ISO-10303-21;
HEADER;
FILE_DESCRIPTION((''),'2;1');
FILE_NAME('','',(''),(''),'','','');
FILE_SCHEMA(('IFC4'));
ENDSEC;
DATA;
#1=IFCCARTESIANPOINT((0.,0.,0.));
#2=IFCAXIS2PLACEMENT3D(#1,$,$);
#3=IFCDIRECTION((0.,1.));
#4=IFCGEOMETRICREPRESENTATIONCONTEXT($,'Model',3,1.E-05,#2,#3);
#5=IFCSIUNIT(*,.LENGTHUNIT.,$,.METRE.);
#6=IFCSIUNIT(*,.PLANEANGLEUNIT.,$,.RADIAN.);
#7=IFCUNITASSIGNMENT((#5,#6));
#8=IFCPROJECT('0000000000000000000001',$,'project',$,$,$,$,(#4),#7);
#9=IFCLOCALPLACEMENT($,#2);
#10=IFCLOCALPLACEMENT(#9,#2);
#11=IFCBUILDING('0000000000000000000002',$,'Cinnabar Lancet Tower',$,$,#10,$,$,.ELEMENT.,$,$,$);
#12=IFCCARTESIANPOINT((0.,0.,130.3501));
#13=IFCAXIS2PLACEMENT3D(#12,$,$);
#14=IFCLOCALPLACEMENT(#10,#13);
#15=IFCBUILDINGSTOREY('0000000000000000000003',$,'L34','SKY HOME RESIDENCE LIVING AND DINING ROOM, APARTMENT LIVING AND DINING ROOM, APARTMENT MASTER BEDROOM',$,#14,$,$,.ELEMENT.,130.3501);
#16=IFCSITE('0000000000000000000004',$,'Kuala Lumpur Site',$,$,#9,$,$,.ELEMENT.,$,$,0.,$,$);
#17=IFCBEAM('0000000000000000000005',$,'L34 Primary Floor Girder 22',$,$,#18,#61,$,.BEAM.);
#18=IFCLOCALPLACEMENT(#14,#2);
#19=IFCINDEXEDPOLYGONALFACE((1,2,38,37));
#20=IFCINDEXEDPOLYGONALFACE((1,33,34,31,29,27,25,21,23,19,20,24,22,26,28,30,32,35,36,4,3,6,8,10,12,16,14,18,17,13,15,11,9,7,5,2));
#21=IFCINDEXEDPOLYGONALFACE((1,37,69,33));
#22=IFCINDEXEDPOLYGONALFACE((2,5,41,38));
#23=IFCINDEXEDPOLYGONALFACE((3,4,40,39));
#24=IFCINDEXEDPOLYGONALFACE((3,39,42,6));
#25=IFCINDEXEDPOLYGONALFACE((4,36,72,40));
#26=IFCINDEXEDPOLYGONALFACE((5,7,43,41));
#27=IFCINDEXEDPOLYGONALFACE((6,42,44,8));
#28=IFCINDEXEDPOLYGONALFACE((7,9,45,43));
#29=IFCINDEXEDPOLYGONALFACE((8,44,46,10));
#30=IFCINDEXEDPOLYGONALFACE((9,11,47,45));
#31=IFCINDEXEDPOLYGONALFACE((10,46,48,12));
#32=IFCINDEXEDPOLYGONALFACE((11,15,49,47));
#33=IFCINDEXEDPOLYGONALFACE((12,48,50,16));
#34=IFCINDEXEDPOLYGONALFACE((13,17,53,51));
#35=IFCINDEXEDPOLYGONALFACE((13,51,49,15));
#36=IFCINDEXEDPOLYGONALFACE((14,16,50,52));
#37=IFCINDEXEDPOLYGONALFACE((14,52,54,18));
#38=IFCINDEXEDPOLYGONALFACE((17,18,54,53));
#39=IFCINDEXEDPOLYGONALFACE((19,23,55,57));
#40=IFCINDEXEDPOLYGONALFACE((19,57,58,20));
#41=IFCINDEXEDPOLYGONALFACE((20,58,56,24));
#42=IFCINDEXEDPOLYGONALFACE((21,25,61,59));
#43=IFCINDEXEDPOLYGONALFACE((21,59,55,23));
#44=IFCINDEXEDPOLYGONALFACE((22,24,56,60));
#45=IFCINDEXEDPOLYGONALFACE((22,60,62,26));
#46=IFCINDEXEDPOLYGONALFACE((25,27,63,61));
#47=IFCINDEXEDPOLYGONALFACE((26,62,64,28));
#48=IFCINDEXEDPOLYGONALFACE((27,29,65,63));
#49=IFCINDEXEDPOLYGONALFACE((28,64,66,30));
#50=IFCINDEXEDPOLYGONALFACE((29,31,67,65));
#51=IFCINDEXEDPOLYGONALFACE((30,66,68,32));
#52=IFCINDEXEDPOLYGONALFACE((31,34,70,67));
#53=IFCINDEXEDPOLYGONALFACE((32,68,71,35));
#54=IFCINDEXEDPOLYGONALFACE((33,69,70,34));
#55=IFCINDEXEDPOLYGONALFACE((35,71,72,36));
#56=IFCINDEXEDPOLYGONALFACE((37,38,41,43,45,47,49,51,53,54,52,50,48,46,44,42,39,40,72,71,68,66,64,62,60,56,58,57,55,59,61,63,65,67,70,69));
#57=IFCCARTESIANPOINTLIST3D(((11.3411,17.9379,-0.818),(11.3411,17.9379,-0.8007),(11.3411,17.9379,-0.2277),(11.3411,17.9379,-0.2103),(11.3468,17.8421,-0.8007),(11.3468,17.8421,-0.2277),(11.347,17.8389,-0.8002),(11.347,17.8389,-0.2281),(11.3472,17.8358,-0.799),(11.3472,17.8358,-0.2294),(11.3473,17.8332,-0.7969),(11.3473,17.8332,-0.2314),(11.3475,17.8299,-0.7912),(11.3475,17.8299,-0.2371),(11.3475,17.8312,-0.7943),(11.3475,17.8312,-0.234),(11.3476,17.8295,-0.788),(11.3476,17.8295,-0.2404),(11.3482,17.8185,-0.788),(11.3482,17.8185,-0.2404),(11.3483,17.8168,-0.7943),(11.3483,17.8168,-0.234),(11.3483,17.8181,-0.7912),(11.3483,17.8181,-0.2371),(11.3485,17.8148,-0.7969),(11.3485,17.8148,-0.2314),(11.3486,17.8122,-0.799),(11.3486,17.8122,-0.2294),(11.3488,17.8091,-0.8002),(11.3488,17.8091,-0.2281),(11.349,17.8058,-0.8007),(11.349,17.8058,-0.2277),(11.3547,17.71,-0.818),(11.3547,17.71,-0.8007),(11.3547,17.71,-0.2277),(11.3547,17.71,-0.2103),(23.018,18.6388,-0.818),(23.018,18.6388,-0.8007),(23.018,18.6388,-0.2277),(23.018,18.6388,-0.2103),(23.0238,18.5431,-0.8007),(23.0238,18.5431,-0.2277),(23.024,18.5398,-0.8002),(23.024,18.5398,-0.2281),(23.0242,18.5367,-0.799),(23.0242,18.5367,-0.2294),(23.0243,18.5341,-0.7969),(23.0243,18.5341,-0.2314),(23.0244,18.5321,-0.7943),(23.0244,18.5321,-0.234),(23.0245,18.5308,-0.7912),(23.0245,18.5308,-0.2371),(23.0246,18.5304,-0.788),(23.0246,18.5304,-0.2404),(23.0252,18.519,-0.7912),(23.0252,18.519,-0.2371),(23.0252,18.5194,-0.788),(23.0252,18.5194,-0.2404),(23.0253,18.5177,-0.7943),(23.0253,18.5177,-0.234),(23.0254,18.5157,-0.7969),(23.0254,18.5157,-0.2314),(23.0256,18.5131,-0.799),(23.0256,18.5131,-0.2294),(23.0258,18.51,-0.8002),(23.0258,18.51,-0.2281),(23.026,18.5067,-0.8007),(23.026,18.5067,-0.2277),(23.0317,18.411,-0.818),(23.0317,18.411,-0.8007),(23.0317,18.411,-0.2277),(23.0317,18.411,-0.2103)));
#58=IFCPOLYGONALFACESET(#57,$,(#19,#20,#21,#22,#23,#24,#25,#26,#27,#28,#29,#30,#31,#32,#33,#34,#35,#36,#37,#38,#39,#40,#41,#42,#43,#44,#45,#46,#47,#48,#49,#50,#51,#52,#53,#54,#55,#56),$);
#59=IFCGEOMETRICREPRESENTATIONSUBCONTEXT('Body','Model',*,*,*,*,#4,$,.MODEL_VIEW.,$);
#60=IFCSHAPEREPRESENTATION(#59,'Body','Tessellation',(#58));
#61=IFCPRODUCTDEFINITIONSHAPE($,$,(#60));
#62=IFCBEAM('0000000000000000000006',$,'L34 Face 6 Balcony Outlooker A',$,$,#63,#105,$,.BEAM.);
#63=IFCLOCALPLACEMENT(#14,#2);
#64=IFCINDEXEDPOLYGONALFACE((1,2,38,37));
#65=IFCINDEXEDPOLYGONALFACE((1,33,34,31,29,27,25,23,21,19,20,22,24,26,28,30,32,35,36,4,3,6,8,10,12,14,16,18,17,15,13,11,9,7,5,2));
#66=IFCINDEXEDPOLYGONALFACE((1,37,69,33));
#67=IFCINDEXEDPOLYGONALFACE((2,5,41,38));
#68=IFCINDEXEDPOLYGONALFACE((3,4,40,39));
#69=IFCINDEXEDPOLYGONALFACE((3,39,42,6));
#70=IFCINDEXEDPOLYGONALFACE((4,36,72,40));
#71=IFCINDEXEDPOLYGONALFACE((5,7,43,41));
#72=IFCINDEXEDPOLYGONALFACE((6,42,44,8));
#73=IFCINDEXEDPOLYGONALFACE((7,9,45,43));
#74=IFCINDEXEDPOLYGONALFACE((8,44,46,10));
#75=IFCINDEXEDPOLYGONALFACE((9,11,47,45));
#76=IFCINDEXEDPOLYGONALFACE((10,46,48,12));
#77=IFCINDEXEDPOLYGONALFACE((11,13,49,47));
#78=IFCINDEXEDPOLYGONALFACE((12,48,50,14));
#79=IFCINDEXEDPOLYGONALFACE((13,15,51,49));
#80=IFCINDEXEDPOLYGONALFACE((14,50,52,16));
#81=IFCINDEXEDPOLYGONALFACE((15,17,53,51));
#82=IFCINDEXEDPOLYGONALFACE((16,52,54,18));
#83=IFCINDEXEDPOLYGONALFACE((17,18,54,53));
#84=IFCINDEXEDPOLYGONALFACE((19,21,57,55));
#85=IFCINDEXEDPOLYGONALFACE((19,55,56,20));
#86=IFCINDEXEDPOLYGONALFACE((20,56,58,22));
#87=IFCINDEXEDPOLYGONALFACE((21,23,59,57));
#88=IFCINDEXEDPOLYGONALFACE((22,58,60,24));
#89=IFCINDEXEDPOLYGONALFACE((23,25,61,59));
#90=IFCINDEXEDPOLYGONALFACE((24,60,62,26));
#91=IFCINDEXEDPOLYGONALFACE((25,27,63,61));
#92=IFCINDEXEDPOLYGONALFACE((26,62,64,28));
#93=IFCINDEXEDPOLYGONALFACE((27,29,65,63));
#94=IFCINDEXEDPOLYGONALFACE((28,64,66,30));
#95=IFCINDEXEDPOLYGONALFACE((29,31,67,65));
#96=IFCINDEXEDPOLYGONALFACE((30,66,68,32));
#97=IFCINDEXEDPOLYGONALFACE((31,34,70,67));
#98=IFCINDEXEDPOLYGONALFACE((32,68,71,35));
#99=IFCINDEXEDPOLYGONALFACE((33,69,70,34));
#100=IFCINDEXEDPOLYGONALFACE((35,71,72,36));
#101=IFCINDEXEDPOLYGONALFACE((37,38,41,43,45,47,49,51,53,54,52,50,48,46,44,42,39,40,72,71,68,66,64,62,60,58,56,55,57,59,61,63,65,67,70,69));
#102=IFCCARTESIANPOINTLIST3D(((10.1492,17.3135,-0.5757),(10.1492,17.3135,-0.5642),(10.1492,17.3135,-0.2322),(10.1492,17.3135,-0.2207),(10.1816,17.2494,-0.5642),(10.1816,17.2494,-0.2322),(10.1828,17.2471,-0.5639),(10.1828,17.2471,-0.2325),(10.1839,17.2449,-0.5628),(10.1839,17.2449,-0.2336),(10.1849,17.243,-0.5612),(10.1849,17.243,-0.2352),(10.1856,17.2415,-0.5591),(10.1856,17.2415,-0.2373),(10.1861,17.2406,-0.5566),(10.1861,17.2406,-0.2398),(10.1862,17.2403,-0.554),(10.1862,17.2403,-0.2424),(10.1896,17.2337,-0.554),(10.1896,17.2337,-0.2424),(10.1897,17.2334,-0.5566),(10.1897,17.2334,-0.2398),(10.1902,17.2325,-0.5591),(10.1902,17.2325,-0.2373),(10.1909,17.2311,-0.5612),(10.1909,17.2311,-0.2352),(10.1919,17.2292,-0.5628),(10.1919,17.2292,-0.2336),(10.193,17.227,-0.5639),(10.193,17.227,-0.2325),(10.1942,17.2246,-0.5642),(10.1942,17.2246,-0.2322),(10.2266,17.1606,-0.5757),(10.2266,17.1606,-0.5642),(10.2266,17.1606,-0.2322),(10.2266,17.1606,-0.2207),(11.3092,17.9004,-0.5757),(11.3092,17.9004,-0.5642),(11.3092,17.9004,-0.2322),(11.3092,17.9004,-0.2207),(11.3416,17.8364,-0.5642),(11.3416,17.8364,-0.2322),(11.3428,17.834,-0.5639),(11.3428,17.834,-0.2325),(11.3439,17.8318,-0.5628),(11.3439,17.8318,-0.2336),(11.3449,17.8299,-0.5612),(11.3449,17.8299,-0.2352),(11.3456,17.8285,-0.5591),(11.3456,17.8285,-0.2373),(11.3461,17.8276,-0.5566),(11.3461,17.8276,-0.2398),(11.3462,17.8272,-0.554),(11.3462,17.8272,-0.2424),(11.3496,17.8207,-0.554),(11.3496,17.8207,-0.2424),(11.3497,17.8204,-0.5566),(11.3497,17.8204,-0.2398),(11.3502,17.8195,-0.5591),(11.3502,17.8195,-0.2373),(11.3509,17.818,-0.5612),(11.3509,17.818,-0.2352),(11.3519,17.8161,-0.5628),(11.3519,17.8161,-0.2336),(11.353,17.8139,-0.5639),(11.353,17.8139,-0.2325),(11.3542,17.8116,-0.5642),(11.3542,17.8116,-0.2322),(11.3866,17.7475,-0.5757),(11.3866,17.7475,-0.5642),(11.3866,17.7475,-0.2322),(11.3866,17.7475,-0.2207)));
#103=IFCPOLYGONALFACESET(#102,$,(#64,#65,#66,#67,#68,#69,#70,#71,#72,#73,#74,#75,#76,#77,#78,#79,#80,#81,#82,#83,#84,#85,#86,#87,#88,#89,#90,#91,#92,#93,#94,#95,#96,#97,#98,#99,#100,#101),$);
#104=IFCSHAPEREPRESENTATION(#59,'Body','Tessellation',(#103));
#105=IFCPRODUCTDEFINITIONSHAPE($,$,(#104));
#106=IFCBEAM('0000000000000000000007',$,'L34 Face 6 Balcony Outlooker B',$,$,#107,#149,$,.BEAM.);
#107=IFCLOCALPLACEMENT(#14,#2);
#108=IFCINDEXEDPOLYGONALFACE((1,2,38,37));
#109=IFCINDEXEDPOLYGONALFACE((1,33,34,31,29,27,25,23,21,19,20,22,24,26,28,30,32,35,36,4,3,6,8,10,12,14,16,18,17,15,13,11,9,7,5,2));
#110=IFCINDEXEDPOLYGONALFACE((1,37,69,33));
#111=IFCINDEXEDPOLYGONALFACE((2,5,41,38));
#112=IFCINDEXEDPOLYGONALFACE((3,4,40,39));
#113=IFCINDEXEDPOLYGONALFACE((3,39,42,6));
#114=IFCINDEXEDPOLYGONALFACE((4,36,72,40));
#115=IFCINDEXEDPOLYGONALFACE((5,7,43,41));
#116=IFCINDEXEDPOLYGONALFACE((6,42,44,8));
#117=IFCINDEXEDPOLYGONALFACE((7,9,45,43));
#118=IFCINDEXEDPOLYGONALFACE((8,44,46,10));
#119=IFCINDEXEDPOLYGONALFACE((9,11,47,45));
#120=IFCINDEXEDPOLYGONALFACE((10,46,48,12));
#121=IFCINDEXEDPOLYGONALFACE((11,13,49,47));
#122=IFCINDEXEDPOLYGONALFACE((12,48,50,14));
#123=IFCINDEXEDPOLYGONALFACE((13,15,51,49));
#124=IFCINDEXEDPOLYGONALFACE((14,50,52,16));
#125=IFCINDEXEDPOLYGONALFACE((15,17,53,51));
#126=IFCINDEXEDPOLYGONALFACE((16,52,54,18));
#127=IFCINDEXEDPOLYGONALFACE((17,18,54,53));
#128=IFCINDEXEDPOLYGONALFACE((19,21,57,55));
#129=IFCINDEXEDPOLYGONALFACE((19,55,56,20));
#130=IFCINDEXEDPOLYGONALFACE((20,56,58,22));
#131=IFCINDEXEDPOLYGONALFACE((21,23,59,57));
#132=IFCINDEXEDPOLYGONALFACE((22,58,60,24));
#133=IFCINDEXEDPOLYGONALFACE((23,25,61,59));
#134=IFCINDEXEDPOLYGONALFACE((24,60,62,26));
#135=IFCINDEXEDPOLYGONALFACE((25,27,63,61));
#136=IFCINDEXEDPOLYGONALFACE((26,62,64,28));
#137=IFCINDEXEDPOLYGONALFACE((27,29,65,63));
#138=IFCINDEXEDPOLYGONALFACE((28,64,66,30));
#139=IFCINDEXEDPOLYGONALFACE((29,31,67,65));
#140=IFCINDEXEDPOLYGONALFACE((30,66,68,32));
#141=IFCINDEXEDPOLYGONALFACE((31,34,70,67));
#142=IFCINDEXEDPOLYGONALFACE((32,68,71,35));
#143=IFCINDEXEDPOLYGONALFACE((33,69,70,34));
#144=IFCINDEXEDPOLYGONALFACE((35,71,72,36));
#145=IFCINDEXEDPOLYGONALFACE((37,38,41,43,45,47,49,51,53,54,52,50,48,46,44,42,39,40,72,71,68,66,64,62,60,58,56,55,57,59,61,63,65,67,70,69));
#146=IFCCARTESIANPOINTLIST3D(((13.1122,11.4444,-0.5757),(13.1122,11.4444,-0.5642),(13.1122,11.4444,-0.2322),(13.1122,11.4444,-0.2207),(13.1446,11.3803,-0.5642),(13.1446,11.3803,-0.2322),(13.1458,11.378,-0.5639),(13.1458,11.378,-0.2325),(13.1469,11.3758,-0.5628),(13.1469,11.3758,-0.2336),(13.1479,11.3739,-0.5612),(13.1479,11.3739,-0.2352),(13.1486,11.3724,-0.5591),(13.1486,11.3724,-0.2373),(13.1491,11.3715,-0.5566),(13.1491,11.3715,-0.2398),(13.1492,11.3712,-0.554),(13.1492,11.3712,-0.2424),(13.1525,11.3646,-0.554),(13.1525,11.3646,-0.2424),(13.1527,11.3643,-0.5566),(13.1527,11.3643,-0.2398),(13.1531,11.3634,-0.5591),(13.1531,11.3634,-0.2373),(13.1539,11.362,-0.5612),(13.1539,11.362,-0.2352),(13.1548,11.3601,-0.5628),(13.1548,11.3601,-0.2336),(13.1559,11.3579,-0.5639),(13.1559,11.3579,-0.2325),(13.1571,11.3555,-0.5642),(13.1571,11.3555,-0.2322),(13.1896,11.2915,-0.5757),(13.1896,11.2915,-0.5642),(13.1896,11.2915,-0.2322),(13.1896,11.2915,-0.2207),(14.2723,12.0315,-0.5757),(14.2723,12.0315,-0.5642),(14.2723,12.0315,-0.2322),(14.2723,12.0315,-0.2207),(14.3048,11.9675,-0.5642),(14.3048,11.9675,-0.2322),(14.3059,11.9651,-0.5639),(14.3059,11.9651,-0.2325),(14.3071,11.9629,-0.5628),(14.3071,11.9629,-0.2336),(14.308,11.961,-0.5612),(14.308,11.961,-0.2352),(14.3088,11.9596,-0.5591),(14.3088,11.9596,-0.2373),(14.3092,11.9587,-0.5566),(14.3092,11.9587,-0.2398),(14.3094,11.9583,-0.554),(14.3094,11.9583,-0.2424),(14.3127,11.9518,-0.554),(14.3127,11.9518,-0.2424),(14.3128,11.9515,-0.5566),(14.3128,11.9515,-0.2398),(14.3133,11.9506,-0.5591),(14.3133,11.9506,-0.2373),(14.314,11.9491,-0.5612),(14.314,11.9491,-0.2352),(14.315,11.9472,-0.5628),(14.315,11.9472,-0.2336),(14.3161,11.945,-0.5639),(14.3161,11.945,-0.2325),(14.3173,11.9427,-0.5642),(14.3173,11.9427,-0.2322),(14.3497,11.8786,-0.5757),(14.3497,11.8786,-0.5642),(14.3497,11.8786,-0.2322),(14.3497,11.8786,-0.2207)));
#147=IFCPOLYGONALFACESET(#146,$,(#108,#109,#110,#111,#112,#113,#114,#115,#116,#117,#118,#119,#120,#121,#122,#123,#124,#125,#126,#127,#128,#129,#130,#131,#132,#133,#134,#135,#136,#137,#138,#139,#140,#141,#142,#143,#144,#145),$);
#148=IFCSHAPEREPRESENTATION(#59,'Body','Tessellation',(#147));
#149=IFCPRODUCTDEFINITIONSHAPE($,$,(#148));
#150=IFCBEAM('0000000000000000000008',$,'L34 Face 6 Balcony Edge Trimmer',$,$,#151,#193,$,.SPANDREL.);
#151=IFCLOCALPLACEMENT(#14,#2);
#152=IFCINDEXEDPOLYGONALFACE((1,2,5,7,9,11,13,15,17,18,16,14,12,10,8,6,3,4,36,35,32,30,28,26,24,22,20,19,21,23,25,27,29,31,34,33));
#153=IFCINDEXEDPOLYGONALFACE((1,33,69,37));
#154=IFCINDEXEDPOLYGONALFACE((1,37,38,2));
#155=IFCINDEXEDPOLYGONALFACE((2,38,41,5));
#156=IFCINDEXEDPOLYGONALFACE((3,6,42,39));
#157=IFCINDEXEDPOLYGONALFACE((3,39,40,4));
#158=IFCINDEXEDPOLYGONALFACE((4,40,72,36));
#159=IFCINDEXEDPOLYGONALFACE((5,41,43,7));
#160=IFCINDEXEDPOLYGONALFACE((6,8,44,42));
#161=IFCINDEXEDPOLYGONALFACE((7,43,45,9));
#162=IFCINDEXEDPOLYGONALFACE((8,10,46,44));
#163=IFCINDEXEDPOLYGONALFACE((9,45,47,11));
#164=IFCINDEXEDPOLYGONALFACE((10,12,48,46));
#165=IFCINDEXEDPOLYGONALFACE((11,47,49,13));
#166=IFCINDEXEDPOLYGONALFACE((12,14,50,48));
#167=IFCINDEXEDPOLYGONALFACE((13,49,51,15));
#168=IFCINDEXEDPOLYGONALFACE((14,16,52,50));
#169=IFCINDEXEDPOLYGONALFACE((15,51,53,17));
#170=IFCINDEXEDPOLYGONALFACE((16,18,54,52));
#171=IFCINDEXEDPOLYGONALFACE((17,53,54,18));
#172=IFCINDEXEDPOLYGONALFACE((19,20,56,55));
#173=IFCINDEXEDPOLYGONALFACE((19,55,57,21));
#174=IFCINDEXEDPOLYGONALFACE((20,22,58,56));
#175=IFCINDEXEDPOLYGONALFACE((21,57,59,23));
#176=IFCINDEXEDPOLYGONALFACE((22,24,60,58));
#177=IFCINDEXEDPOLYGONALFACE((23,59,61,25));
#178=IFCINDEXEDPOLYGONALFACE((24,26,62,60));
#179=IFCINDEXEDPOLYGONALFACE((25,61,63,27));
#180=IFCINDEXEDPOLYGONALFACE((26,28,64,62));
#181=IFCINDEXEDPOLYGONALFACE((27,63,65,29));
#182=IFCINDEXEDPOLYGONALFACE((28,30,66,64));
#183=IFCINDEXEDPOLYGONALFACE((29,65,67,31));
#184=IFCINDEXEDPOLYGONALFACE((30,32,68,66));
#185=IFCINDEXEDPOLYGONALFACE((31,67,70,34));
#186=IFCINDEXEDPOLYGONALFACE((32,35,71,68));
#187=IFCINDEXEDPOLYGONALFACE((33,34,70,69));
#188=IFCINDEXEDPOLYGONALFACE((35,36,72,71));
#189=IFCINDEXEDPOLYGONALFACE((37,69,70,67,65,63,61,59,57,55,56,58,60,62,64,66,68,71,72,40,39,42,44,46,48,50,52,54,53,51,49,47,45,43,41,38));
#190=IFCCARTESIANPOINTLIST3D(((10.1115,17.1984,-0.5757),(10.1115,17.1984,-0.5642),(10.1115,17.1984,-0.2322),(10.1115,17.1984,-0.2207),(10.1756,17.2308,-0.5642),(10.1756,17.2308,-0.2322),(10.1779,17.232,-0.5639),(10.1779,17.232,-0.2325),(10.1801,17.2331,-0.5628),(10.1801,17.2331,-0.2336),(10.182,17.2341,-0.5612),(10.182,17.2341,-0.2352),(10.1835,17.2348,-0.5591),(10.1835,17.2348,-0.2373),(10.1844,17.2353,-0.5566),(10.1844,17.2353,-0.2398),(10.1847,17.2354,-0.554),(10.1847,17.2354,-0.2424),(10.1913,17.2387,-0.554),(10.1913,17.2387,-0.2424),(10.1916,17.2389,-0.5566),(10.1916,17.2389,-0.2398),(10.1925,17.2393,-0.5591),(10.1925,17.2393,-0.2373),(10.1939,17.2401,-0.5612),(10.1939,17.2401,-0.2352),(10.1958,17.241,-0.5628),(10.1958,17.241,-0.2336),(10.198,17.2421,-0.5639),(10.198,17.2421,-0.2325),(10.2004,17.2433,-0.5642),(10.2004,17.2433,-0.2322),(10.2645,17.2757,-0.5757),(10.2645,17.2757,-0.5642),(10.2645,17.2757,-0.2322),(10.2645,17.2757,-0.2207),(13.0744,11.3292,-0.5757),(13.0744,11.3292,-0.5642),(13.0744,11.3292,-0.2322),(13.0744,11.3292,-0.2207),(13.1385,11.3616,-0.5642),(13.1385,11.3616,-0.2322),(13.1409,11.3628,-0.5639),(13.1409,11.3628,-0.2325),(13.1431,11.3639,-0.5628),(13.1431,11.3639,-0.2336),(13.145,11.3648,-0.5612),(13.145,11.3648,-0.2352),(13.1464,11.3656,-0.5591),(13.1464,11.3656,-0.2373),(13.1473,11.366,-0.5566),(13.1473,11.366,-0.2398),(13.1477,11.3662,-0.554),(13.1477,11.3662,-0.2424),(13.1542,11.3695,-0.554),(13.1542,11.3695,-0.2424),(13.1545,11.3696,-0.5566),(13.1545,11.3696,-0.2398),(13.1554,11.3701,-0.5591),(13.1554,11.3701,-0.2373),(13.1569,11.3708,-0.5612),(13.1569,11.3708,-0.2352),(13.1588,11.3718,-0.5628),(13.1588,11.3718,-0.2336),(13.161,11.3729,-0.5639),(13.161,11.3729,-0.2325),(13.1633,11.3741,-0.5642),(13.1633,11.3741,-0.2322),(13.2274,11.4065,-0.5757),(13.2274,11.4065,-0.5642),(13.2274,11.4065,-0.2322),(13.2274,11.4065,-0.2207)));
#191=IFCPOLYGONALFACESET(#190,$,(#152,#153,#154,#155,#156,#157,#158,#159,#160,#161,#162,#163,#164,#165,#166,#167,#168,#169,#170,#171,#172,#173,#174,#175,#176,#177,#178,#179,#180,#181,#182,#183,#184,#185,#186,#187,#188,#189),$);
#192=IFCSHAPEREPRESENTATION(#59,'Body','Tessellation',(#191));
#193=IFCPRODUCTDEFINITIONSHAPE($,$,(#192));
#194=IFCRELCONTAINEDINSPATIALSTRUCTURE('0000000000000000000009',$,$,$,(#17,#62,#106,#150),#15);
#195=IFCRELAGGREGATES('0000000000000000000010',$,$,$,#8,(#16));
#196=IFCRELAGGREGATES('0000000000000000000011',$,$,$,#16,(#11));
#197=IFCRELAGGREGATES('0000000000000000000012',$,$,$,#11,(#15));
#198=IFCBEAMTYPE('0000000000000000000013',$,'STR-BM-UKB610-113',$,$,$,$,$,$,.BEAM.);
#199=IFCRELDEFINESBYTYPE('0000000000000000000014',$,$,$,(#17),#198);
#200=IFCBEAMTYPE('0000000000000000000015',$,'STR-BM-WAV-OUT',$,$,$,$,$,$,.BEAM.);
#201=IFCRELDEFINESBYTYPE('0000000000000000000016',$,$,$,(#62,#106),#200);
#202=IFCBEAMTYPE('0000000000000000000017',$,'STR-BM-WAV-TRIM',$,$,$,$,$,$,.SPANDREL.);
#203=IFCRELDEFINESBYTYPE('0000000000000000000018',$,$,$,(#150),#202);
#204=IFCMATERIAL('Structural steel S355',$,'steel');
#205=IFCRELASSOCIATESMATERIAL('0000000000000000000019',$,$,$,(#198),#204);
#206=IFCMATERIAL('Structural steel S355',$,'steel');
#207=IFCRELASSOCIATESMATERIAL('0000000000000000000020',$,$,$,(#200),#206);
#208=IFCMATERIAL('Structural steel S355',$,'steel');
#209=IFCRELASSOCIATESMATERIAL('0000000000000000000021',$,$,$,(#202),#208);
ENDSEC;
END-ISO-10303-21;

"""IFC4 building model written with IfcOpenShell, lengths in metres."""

from ifc_helpers import new_model, si_unit, direction, frame, origin, origin_2d, place, context, subcontext, project, spatial, i_section, extrude, material, material_profile, profile_set, type_object, element, save


model = new_model("IFC4")

# Units and contexts
model_context = context("Model", 3, precision=1e-05, world=origin(), true_north=direction((0.0, 1.0)))
body_context = subcontext(model_context, "Body", "Model", "MODEL_VIEW")
ifc_project = project(units=[si_unit("LENGTHUNIT", "METRE"), si_unit("PLANEANGLEUNIT", "RADIAN")], contexts=[model_context])

# Site, building, storey
site_placement = place(None, origin())
site = spatial("IfcSite", under=ifc_project, at=site_placement, Name="Kuala Lumpur Site", CompositionType="ELEMENT", RefElevation=0.0)
building_placement = place(site_placement, origin())
building = spatial("IfcBuilding", under=site, at=building_placement, Name="Cinnabar Lancet Tower", CompositionType="ELEMENT")
storey_placement = place(building_placement, frame((0.0, 0.0, 130.3501)))
storey = spatial("IfcBuildingStorey", under=building, at=storey_placement, Name="L34", Description="SKY HOME RESIDENCE LIVING AND DINING ROOM, APARTMENT LIVING AND DINING ROOM, APARTMENT MASTER BEDROOM", CompositionType="ELEMENT", Elevation=130.3501)

# Beams
ifc_material_1 = material(Name="Structural steel S355", Category="steel")
ifc_material_profile_1 = material_profile(ifc_material_1, i_section(OverallWidth=0.2283, OverallDepth=0.6077, WebThickness=0.011, FlangeThickness=0.0173, FilletRadius=0.0127, at=origin_2d()), Name="UKB 610x229x113")
ifc_profile_set_1 = profile_set([ifc_material_profile_1], Name="Structural steel S355")
beam_type_1 = type_object("IfcBeamType", Name="STR-BM-UKB610-113", PredefinedType="BEAM", material=ifc_profile_set_1)
beam_1_placement = place(storey_placement, frame((11.3479, 17.824, -0.5142), z_axis=(0.998203, 0.059918, 0.0), x_axis=(-0.059918, 0.998203, 0.0)))
element("IfcBeam", 1, at=beam_1_placement, inside=storey, type_object=beam_type_1, Name="L34 Primary Floor Girder 22", PredefinedType="BEAM", context=body_context, shape_type="SweptSolid", body=[
    extrude(i_section(OverallWidth=0.2283, OverallDepth=0.6077, WebThickness=0.011, FlangeThickness=0.0173, FilletRadius=0.0127, at=origin_2d()), origin(), (0.0, 0.0, 1.0), 11.698),
])
ifc_material_2 = material(Name="Structural steel S355", Category="steel")
ifc_material_profile_2 = material_profile(ifc_material_2, i_section(OverallWidth=0.1714, OverallDepth=0.355, WebThickness=0.0073, FlangeThickness=0.0115, FilletRadius=0.0103, at=origin_2d()), Name="UKB 356x171x51")
ifc_profile_set_2 = profile_set([ifc_material_profile_2], Name="Structural steel S355")
beam_type_2 = type_object("IfcBeamType", Name="STR-BM-WAV-OUT", PredefinedType="BEAM", material=ifc_profile_set_2)
beam_2_placement = place(storey_placement, frame((11.3479, 17.824, -0.3982), z_axis=(-0.892276, -0.45149, 0.0), x_axis=(0.45149, -0.892276, 0.0)))
element("IfcBeam", 2, at=beam_2_placement, inside=storey, type_object=beam_type_2, Name="L34 Face 6 Balcony Outlooker A", PredefinedType="BEAM", context=body_context, shape_type="SweptSolid", body=[
    extrude(i_section(OverallWidth=0.1714, OverallDepth=0.355, WebThickness=0.0073, FlangeThickness=0.0115, FilletRadius=0.0103, at=origin_2d()), origin(), (0.0, 0.0, 1.0), 1.3),
])
beam_3_placement = place(storey_placement, frame((14.311, 11.9551, -0.3982), z_axis=(-0.892239, -0.451564, 0.0), x_axis=(0.451564, -0.892239, 0.0)))
element("IfcBeam", 3, at=beam_3_placement, inside=storey, type_object=beam_type_2, Name="L34 Face 6 Balcony Outlooker B", PredefinedType="BEAM", context=body_context, shape_type="SweptSolid", body=[
    extrude(i_section(OverallWidth=0.1714, OverallDepth=0.355, WebThickness=0.0073, FlangeThickness=0.0115, FilletRadius=0.0103, at=origin_2d()), origin(), (0.0, 0.0, 1.0), 1.3003),
])
ifc_material_3 = material(Name="Structural steel S355", Category="steel")
ifc_material_profile_3 = material_profile(ifc_material_3, i_section(OverallWidth=0.1714, OverallDepth=0.355, WebThickness=0.0073, FlangeThickness=0.0115, FilletRadius=0.0103, at=origin_2d()), Name="UKB 356x171x51")
ifc_profile_set_3 = profile_set([ifc_material_profile_3], Name="Structural steel S355")
beam_type_3 = type_object("IfcBeamType", Name="STR-BM-WAV-TRIM", PredefinedType="SPANDREL", material=ifc_profile_set_3)
beam_4_placement = place(storey_placement, frame((10.188, 17.2371, -0.3982), z_axis=(0.450656, -0.892698, 0.0), x_axis=(0.892698, 0.450656, 0.0)))
element("IfcBeam", 4, at=beam_4_placement, inside=storey, type_object=beam_type_3, Name="L34 Face 6 Balcony Edge Trimmer", PredefinedType="SPANDREL", context=body_context, shape_type="SweptSolid", body=[
    extrude(i_section(OverallWidth=0.1714, OverallDepth=0.355, WebThickness=0.0073, FlangeThickness=0.0115, FilletRadius=0.0103, at=origin_2d()), origin(), (0.0, 0.0, 1.0), 6.5747),
])

save(model, "model.ifc")
